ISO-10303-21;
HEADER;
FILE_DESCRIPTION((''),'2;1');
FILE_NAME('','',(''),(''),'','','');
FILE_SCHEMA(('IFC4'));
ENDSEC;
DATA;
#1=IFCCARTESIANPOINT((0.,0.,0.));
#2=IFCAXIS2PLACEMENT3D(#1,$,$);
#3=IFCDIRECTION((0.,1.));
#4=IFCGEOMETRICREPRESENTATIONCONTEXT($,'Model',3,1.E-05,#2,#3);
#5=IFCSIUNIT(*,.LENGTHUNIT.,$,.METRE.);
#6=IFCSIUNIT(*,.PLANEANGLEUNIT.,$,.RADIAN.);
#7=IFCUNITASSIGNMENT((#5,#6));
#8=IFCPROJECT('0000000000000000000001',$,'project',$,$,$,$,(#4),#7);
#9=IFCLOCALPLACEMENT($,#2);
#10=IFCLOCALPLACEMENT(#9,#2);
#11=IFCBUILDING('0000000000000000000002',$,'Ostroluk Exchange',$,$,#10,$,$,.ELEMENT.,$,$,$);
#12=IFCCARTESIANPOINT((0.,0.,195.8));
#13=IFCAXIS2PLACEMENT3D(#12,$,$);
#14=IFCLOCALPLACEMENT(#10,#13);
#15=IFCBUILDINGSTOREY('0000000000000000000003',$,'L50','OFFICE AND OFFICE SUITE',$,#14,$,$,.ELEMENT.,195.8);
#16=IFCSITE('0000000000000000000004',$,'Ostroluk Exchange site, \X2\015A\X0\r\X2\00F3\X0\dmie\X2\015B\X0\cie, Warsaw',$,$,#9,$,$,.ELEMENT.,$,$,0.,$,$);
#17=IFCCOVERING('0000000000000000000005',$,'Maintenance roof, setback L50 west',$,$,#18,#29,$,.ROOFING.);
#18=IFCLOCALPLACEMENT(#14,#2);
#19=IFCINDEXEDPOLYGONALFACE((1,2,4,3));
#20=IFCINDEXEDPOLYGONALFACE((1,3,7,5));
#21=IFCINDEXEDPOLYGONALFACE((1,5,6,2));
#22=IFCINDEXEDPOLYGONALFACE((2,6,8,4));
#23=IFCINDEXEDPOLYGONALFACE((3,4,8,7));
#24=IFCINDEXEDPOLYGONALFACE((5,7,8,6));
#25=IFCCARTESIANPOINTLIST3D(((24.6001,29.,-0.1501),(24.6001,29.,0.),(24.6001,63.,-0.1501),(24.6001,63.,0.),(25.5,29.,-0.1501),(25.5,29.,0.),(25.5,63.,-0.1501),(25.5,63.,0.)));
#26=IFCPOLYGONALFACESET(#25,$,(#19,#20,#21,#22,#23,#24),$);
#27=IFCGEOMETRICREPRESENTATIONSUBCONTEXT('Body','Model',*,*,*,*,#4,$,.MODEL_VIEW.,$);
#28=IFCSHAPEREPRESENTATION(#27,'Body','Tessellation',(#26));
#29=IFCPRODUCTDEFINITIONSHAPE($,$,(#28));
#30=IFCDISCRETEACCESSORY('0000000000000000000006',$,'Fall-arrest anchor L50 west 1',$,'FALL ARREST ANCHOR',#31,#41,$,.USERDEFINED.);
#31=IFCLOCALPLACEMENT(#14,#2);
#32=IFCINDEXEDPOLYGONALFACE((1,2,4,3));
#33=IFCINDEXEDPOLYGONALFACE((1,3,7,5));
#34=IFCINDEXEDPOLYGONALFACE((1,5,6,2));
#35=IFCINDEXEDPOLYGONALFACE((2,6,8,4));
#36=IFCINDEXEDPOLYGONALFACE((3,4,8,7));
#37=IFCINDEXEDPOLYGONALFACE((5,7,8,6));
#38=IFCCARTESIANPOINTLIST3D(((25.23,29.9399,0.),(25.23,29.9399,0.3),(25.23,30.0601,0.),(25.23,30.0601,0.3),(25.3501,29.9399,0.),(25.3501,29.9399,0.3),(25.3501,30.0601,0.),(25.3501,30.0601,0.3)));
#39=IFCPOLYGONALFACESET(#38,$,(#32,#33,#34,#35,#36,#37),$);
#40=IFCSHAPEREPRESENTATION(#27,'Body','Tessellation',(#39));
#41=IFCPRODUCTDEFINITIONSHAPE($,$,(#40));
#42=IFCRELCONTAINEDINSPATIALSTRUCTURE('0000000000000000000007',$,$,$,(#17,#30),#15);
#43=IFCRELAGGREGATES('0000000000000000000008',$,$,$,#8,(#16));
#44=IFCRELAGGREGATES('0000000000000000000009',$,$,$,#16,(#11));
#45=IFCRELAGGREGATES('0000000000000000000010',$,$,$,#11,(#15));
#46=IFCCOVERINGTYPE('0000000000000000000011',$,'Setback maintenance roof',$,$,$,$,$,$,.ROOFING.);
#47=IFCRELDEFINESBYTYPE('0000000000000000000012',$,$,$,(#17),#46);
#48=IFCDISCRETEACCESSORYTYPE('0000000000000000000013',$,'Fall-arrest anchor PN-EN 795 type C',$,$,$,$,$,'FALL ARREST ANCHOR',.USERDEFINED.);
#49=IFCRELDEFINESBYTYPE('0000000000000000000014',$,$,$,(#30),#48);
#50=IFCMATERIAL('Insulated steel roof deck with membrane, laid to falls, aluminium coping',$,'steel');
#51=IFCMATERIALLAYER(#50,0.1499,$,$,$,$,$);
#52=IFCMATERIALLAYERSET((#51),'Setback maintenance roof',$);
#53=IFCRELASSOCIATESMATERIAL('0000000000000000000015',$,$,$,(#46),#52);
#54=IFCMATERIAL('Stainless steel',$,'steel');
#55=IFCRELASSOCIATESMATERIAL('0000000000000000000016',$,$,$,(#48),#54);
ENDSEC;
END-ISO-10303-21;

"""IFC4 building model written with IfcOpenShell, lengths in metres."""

from ifc_helpers import new_model, si_unit, direction, frame, origin, origin_2d, place, context, subcontext, project, spatial, polyline, rectangle, outline, extrude, material, layer, layer_set, type_object, element, save


model = new_model("IFC4")

# Units and contexts
model_context = context("Model", 3, precision=1e-05, world=origin(), true_north=direction((0.0, 1.0)))
body_context = subcontext(model_context, "Body", "Model", "MODEL_VIEW")
ifc_project = project(units=[si_unit("LENGTHUNIT", "METRE"), si_unit("PLANEANGLEUNIT", "RADIAN")], contexts=[model_context])

# Site, building, storey
site_placement = place(None, origin())
site = spatial("IfcSite", under=ifc_project, at=site_placement, Name="Ostroluk Exchange site, Śródmieście, Warsaw", CompositionType="ELEMENT", RefElevation=0.0)
building_placement = place(site_placement, origin())
building = spatial("IfcBuilding", under=site, at=building_placement, Name="Ostroluk Exchange", CompositionType="ELEMENT")
storey_placement = place(building_placement, frame((0.0, 0.0, 195.8)))
storey = spatial("IfcBuildingStorey", under=building, at=storey_placement, Name="L50", Description="OFFICE AND OFFICE SUITE", CompositionType="ELEMENT", Elevation=195.8)

# Covering
ifc_material_1 = material(Name="Insulated steel roof deck with membrane, laid to falls, aluminium coping", Category="steel")
ifc_layer_1 = layer(ifc_material_1, 0.1499)
ifc_layer_set_1 = layer_set([ifc_layer_1], Name="Setback maintenance roof")
covering_type = type_object("IfcCoveringType", Name="Setback maintenance roof", PredefinedType="ROOFING", material=ifc_layer_set_1)
covering_1_placement = place(storey_placement, frame((0.0, 0.0, -0.1501)))
element("IfcCovering", 1, at=covering_1_placement, inside=storey, type_object=covering_type, Name="Maintenance roof, setback L50 west", PredefinedType="ROOFING", context=body_context, shape_type="SweptSolid", body=[
    extrude(outline(polyline([(24.6001, 63.0), (25.5, 63.0), (25.5, 29.0), (24.6001, 29.0), (24.6001, 63.0)])), origin(), (0.0, 0.0, 1.0), 0.1501),
])

# Discrete accessory
ifc_material_2 = material(Name="Stainless steel", Category="steel")
discrete_accessory_type = type_object("IfcDiscreteAccessoryType", Name="Fall-arrest anchor PN-EN 795 type C", ElementType="FALL ARREST ANCHOR", PredefinedType="USERDEFINED", material=ifc_material_2)
discrete_accessory_placement = place(storey_placement, frame((25.29, 30.0, 0.0), z_axis=(0.0, 0.0, 1.0), x_axis=(1.0, 0.0, 0.0)))
element("IfcDiscreteAccessory", 2, at=discrete_accessory_placement, inside=storey, type_object=discrete_accessory_type, Name="Fall-arrest anchor L50 west 1", ObjectType="FALL ARREST ANCHOR", PredefinedType="USERDEFINED", context=body_context, shape_type="SweptSolid", body=[
    extrude(rectangle(XDim=0.1201, YDim=0.1201, at=origin_2d()), origin(), (0.0, 0.0, 1.0), 0.3),
])

save(model, "model.ifc")
